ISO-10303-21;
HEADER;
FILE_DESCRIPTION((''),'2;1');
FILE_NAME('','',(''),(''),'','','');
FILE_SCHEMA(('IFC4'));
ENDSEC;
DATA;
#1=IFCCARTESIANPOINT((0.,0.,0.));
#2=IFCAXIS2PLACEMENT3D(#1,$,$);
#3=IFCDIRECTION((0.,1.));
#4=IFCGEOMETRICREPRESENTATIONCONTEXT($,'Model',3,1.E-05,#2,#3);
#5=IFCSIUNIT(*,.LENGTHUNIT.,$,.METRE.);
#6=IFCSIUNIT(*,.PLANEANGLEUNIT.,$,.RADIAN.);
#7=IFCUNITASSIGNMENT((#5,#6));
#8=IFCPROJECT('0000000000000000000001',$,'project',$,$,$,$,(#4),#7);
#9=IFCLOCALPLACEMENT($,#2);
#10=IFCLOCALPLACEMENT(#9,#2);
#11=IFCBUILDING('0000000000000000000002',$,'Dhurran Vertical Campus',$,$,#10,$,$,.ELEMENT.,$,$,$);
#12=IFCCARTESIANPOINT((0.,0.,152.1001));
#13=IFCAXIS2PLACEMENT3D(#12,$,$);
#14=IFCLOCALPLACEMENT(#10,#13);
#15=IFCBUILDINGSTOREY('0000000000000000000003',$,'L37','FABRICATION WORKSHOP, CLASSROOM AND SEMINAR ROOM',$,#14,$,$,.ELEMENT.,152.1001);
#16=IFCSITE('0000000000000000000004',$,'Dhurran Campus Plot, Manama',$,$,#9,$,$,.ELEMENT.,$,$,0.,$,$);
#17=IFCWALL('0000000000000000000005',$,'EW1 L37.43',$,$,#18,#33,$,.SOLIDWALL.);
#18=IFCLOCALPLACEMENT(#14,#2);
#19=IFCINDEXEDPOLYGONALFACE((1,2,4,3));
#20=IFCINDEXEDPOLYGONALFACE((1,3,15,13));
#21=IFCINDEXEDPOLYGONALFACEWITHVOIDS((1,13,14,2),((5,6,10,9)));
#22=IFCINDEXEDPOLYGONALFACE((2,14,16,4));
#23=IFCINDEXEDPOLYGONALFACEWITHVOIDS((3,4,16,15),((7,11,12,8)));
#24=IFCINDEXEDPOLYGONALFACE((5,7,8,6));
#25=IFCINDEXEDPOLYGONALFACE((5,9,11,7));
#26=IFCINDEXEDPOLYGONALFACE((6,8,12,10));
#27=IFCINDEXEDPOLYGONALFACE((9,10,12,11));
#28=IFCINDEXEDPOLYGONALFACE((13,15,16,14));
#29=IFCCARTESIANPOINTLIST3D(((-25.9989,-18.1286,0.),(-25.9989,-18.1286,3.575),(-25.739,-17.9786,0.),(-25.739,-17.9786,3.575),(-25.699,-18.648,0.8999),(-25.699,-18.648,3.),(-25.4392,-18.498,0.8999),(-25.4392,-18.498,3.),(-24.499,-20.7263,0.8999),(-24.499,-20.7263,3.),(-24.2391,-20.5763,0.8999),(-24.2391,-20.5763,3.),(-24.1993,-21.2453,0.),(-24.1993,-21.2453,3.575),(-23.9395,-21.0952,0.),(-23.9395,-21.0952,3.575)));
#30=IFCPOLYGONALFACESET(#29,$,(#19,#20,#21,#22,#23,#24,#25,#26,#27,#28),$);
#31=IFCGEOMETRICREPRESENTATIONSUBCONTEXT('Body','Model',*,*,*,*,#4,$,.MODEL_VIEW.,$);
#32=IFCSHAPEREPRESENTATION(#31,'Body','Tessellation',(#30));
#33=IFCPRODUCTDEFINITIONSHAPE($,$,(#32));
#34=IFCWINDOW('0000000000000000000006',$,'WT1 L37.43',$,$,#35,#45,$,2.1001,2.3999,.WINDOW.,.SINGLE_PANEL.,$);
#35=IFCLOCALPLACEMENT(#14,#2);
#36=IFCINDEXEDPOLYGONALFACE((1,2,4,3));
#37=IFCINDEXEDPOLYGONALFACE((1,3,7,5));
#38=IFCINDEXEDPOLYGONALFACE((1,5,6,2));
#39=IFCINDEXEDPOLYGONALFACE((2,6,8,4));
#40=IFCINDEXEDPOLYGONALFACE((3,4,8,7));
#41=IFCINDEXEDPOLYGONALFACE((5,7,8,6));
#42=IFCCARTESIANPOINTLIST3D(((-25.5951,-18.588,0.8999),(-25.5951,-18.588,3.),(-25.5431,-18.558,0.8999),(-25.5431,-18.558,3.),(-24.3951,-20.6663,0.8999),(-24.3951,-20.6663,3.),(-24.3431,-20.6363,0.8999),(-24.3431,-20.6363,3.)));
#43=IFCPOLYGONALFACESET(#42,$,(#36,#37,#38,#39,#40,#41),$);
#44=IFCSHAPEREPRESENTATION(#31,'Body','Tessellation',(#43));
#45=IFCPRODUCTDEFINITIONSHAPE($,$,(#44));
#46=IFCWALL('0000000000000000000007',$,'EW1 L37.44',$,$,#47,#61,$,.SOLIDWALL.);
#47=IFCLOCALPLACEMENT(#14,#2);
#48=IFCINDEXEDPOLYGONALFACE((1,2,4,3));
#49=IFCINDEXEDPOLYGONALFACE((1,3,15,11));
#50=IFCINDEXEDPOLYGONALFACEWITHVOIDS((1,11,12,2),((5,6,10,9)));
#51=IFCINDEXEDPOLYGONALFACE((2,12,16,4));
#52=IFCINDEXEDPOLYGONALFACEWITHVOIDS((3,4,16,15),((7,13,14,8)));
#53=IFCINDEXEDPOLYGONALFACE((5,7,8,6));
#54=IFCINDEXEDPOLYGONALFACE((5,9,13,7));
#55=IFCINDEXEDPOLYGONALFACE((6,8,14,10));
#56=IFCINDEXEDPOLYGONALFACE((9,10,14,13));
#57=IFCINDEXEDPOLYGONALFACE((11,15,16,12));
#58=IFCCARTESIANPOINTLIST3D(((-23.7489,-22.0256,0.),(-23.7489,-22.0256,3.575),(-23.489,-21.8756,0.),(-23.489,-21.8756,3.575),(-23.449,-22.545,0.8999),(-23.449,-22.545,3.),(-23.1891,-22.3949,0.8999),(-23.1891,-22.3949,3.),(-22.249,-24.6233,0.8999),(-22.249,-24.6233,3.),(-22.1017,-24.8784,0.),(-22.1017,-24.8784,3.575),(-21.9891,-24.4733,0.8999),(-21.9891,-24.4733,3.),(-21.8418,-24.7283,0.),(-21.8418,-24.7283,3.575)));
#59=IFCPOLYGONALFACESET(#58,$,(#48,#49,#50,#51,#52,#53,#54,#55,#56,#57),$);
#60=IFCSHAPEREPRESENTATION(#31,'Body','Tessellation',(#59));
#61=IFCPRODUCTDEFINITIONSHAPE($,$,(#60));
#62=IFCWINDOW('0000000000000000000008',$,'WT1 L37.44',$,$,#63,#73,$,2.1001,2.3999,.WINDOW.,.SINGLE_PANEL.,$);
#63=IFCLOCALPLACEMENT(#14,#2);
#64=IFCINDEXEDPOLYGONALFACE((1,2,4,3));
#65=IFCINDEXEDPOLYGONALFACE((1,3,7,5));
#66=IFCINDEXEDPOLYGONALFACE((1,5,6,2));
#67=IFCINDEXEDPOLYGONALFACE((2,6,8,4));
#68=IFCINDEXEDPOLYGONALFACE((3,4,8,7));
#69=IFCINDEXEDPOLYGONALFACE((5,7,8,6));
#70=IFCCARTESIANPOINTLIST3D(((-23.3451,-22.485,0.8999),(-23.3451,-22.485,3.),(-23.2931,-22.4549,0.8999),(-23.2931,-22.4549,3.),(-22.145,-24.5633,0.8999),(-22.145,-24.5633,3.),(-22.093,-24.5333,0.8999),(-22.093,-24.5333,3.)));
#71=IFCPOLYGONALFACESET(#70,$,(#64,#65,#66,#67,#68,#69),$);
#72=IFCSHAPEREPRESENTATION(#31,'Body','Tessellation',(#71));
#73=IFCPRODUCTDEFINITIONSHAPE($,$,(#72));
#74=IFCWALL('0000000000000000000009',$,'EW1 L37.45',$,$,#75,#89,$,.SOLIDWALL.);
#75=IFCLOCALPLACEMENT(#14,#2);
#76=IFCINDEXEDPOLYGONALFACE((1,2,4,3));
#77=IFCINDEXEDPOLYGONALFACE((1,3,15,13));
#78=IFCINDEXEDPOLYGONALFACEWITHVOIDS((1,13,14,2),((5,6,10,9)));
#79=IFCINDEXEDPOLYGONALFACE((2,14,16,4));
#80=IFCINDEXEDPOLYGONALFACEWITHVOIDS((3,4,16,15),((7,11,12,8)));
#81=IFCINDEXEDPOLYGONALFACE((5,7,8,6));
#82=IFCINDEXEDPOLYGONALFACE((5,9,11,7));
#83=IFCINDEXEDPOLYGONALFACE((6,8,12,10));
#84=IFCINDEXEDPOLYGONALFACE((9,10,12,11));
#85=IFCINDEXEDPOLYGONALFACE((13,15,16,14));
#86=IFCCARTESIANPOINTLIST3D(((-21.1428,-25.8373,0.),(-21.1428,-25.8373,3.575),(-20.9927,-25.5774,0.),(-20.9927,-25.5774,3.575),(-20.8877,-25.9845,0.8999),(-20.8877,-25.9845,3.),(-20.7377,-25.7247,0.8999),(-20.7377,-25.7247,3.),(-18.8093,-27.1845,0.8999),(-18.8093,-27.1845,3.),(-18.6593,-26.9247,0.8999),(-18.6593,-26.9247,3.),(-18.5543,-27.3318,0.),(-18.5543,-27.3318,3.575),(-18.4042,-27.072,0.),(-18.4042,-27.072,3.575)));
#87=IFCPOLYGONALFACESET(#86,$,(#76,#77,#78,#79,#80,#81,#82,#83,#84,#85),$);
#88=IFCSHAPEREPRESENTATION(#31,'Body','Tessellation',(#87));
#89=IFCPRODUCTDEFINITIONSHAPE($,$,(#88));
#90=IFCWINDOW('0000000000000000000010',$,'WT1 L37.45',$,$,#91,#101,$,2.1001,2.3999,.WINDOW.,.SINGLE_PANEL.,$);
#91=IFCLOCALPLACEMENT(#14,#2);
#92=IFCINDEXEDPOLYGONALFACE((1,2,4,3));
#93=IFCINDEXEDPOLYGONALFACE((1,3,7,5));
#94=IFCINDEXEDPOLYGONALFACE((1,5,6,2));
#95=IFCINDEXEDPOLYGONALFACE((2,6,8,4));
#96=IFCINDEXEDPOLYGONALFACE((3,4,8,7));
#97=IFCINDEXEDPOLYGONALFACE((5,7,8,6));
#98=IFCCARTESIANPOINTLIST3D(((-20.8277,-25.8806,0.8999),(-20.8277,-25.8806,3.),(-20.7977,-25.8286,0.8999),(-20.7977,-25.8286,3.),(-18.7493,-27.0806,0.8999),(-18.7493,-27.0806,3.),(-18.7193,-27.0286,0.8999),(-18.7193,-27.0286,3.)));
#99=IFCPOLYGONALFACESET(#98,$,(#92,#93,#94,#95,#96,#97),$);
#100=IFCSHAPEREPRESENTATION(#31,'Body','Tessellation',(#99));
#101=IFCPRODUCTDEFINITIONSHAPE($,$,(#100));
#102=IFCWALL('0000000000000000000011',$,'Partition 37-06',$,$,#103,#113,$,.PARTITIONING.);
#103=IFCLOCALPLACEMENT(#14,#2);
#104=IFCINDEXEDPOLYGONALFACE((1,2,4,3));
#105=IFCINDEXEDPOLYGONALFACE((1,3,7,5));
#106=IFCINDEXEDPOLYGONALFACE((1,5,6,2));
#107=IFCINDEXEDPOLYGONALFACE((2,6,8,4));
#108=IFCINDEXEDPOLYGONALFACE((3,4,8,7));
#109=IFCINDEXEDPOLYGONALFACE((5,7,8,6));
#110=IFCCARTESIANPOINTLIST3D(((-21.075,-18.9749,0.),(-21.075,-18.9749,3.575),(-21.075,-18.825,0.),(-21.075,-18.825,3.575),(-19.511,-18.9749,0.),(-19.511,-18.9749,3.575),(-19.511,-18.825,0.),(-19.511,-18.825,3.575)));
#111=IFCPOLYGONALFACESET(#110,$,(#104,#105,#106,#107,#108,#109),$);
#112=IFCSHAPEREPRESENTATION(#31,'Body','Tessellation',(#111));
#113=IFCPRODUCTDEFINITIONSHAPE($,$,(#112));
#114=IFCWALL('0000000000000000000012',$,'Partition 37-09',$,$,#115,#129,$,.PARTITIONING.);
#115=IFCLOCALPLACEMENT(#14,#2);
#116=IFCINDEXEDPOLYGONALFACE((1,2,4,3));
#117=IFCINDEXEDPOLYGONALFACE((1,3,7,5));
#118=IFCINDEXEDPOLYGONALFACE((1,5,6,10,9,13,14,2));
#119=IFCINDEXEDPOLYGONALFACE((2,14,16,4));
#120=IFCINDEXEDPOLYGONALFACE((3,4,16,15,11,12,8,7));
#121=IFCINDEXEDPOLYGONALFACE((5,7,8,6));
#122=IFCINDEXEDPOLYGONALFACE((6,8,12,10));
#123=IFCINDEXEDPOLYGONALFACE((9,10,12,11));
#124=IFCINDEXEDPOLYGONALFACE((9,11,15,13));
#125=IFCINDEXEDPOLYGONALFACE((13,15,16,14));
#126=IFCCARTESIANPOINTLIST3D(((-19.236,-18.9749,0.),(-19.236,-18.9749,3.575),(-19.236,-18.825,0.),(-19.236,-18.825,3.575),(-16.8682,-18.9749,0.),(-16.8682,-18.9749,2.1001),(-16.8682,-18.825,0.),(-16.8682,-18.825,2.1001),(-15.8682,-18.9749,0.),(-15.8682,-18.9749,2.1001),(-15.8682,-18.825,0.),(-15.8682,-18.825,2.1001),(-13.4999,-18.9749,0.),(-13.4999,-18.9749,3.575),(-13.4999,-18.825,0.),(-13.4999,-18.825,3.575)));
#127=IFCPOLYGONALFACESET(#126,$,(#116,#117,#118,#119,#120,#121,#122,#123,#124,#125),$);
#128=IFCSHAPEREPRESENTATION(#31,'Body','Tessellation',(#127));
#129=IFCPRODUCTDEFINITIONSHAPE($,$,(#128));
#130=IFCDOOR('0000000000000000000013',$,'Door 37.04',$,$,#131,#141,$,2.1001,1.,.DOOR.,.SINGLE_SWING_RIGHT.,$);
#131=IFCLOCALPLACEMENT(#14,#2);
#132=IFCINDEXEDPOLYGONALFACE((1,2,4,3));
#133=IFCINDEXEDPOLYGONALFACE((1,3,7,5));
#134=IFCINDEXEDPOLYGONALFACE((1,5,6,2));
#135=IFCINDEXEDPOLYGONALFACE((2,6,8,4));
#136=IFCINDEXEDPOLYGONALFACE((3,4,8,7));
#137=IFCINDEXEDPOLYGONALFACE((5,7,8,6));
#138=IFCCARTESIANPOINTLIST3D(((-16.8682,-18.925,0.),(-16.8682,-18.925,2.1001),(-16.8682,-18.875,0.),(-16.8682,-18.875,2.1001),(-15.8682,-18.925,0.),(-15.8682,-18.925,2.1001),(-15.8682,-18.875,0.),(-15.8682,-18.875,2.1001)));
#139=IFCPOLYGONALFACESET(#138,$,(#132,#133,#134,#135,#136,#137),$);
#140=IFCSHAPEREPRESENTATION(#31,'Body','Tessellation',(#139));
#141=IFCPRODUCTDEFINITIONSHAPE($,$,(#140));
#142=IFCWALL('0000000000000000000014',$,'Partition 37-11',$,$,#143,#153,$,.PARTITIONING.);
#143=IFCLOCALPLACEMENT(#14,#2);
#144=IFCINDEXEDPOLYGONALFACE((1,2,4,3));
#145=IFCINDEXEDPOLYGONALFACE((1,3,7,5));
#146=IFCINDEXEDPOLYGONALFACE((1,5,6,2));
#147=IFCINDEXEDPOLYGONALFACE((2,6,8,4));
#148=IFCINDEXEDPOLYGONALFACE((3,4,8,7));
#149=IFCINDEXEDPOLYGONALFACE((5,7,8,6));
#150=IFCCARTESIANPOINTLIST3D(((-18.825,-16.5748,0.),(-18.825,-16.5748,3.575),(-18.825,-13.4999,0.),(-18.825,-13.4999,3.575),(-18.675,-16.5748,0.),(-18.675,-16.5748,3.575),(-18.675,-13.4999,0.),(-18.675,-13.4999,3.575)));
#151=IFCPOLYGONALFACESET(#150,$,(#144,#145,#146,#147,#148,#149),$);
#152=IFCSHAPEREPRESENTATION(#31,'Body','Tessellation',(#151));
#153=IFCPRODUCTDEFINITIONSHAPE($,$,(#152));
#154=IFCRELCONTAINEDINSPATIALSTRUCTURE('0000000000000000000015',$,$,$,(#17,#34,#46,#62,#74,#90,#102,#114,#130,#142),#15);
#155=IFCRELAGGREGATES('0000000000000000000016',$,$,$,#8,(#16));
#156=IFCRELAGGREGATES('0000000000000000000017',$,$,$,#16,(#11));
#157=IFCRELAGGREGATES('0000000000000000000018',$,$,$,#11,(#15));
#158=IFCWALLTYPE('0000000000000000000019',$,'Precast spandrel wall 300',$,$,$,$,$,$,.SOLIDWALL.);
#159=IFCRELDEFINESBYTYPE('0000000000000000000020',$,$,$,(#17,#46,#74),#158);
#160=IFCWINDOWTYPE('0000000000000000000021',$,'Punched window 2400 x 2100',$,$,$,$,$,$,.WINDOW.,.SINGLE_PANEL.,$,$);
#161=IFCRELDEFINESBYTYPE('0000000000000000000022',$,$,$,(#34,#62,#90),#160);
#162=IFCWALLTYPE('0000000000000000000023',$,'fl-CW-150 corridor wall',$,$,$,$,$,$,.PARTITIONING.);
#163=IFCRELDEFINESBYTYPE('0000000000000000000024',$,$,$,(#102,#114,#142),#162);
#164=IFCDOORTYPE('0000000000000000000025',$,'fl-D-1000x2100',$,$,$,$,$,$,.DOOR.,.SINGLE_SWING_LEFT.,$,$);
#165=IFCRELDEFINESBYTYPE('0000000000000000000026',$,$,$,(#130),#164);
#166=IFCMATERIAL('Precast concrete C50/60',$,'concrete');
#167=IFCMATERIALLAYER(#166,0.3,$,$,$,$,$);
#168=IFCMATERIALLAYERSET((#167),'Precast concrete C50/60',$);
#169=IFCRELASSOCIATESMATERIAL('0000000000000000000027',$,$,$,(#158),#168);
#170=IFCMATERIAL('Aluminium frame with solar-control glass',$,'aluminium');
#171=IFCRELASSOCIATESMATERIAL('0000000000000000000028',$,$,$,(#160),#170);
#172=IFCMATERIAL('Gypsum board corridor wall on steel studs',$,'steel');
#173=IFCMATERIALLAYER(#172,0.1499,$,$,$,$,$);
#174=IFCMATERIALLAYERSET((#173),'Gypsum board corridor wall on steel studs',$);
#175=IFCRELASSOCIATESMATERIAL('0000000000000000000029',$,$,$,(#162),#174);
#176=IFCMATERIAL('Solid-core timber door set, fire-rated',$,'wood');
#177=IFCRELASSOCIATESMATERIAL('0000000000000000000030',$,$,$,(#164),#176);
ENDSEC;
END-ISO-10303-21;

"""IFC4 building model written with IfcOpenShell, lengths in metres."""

from ifc_helpers import new_model, si_unit, direction, frame, frame_2d, origin, place, context, subcontext, project, spatial, rectangle, extrude, material, layer, layer_set, type_object, element, fill, save


model = new_model("IFC4")

# Units and contexts
model_context = context("Model", 3, precision=1e-05, world=origin(), true_north=direction((0.0, 1.0)))
body_context = subcontext(model_context, "Body", "Model", "MODEL_VIEW")
ifc_project = project(units=[si_unit("LENGTHUNIT", "METRE"), si_unit("PLANEANGLEUNIT", "RADIAN")], contexts=[model_context])

# Site, building, storey
site_placement = place(None, origin())
site = spatial("IfcSite", under=ifc_project, at=site_placement, Name="Dhurran Campus Plot, Manama", CompositionType="ELEMENT", RefElevation=0.0)
building_placement = place(site_placement, origin())
building = spatial("IfcBuilding", under=site, at=building_placement, Name="Dhurran Vertical Campus", CompositionType="ELEMENT")
storey_placement = place(building_placement, frame((0.0, 0.0, 152.1001)))
storey = spatial("IfcBuildingStorey", under=building, at=storey_placement, Name="L37", Description="FABRICATION WORKSHOP, CLASSROOM AND SEMINAR ROOM", CompositionType="ELEMENT", Elevation=152.1001)

# Walls, openings, windows
ifc_material_1 = material(Name="Precast concrete C50/60", Category="concrete")
ifc_layer_1 = layer(ifc_material_1, 0.3)
ifc_layer_set_1 = layer_set([ifc_layer_1], Name="Precast concrete C50/60")
wall_type_1 = type_object("IfcWallType", Name="Precast spandrel wall 300", PredefinedType="SOLIDWALL", material=ifc_layer_set_1)
ifc_material_2 = material(Name="Aluminium frame with solar-control glass", Category="aluminium")
window_type = type_object("IfcWindowType", Name="Punched window 2400 x 2100", PartitioningType="SINGLE_PANEL", PredefinedType="WINDOW", material=ifc_material_2)
wall_1_placement = place(storey_placement, frame((-25.8689, -18.0537, 0.0), z_axis=(0.0, 0.0, 1.0), x_axis=(0.500028, -0.866009, 0.0)))
wall_1 = element("IfcWall", 1, at=wall_1_placement, inside=storey, type_object=wall_type_1, Name="EW1 L37.43", PredefinedType="SOLIDWALL", context=body_context, shape_type="SweptSolid", body=[
    extrude(rectangle(XDim=3.5989, YDim=0.3, at=frame_2d((1.7993, 0.0))), origin(), (0.0, 0.0, 1.0), 3.575),
])
opening_1_placement = place(wall_1_placement, frame((0.5996, 0.0, 0.8999)))
opening_1 = element("IfcOpeningElement", 2, at=opening_1_placement, cuts=wall_1, PredefinedType="OPENING", context=body_context, shape_type="SweptSolid", body=[
    extrude(rectangle(XDim=2.3999, YDim=2.1001, at=frame_2d((1.2, 1.05))), frame((0.0, 0.1599, 0.0), z_axis=(0.0, -1.0, 0.0), x_axis=(1.0, 0.0, 0.0)), (0.0, 0.0, 1.0), 0.3201),
])
window_1_placement = place(opening_1_placement, origin())
window_1 = element("IfcWindow", 3, at=window_1_placement, inside=storey, type_object=window_type, Name="WT1 L37.43", OverallHeight=2.1001, OverallWidth=2.3999, PartitioningType="SINGLE_PANEL", PredefinedType="WINDOW", context=body_context, shape_type="SweptSolid", body=[
    extrude(rectangle(XDim=2.3999, YDim=2.1001, at=frame_2d((1.2, 1.05))), frame((0.0, 0.03, 0.0), z_axis=(0.0, -1.0, 0.0), x_axis=(1.0, 0.0, 0.0)), (0.0, 0.0, 1.0), 0.0601),
])
fill(opening_1, window_1)
wall_2_placement = place(storey_placement, frame((-23.6189, -21.9507, 0.0), z_axis=(0.0, 0.0, 1.0), x_axis=(0.500037, -0.866004, 0.0)))
wall_2 = element("IfcWall", 4, at=wall_2_placement, inside=storey, type_object=wall_type_1, Name="EW1 L37.44", PredefinedType="SOLIDWALL", context=body_context, shape_type="SweptSolid", body=[
    extrude(rectangle(XDim=3.2942, YDim=0.3, at=frame_2d((1.647, 0.0))), origin(), (0.0, 0.0, 1.0), 3.575),
])
opening_2_placement = place(wall_2_placement, frame((0.5996, 0.0, 0.8999)))
opening_2 = element("IfcOpeningElement", 5, at=opening_2_placement, cuts=wall_2, PredefinedType="OPENING", context=body_context, shape_type="SweptSolid", body=[
    extrude(rectangle(XDim=2.3999, YDim=2.1001, at=frame_2d((1.2, 1.05))), frame((0.0, 0.1599, 0.0), z_axis=(0.0, -1.0, 0.0), x_axis=(1.0, 0.0, 0.0)), (0.0, 0.0, 1.0), 0.3201),
])
window_2_placement = place(opening_2_placement, origin())
window_2 = element("IfcWindow", 6, at=window_2_placement, inside=storey, type_object=window_type, Name="WT1 L37.44", OverallHeight=2.1001, OverallWidth=2.3999, PartitioningType="SINGLE_PANEL", PredefinedType="WINDOW", context=body_context, shape_type="SweptSolid", body=[
    extrude(rectangle(XDim=2.3999, YDim=2.1001, at=frame_2d((1.2, 1.05))), frame((0.0, 0.03, 0.0), z_axis=(0.0, -1.0, 0.0), x_axis=(1.0, 0.0, 0.0)), (0.0, 0.0, 1.0), 0.0601),
])
fill(opening_2, window_2)
wall_3_placement = place(storey_placement, frame((-21.0679, -25.7073, 0.0), z_axis=(0.0, 0.0, 1.0), x_axis=(0.866013, -0.500022, 0.0)))
wall_3 = element("IfcWall", 7, at=wall_3_placement, inside=storey, type_object=wall_type_1, Name="EW1 L37.45", PredefinedType="SOLIDWALL", context=body_context, shape_type="SweptSolid", body=[
    extrude(rectangle(XDim=2.989, YDim=0.3, at=frame_2d((1.4946, 0.0))), origin(), (0.0, 0.0, 1.0), 3.575),
])
opening_3_placement = place(wall_3_placement, frame((0.2947, 0.0, 0.8999)))
opening_3 = element("IfcOpeningElement", 8, at=opening_3_placement, cuts=wall_3, PredefinedType="OPENING", context=body_context, shape_type="SweptSolid", body=[
    extrude(rectangle(XDim=2.3999, YDim=2.1001, at=frame_2d((1.2, 1.05))), frame((0.0, 0.1599, 0.0), z_axis=(0.0, -1.0, 0.0), x_axis=(1.0, 0.0, 0.0)), (0.0, 0.0, 1.0), 0.3201),
])
window_3_placement = place(opening_3_placement, origin())
window_3 = element("IfcWindow", 9, at=window_3_placement, inside=storey, type_object=window_type, Name="WT1 L37.45", OverallHeight=2.1001, OverallWidth=2.3999, PartitioningType="SINGLE_PANEL", PredefinedType="WINDOW", context=body_context, shape_type="SweptSolid", body=[
    extrude(rectangle(XDim=2.3999, YDim=2.1001, at=frame_2d((1.2, 1.05))), frame((0.0, 0.03, 0.0), z_axis=(0.0, -1.0, 0.0), x_axis=(1.0, 0.0, 0.0)), (0.0, 0.0, 1.0), 0.0601),
])
fill(opening_3, window_3)

# Wall
ifc_material_3 = material(Name="Gypsum board corridor wall on steel studs", Category="steel")
ifc_layer_2 = layer(ifc_material_3, 0.1499)
ifc_layer_set_2 = layer_set([ifc_layer_2], Name="Gypsum board corridor wall on steel studs")
wall_type_2 = type_object("IfcWallType", Name="fl-CW-150 corridor wall", PredefinedType="PARTITIONING", material=ifc_layer_set_2)
wall_4_placement = place(storey_placement, frame((-21.075, -18.8999, 0.0), z_axis=(0.0, 0.0, 1.0), x_axis=(1.0, 0.0, 0.0)))
element("IfcWall", 10, at=wall_4_placement, inside=storey, type_object=wall_type_2, Name="Partition 37-06", PredefinedType="PARTITIONING", context=body_context, shape_type="SweptSolid", body=[
    extrude(rectangle(XDim=1.564, YDim=0.1499, at=frame_2d((0.782, 0.0))), origin(), (0.0, 0.0, 1.0), 3.575),
])

# Wall, opening, door
wall_5_placement = place(storey_placement, frame((-19.2361, -18.8999, 0.0), z_axis=(0.0, 0.0, 1.0), x_axis=(1.0, 0.0, 0.0)))
wall_5 = element("IfcWall", 11, at=wall_5_placement, inside=storey, type_object=wall_type_2, Name="Partition 37-09", PredefinedType="PARTITIONING", context=body_context, shape_type="SweptSolid", body=[
    extrude(rectangle(XDim=5.7361, YDim=0.1499, at=frame_2d((2.8682, 0.0))), origin(), (0.0, 0.0, 1.0), 3.575),
])
opening_4_placement = place(wall_5_placement, frame((2.3679, 0.0, 0.0)))
opening_4 = element("IfcOpeningElement", 12, at=opening_4_placement, cuts=wall_5, PredefinedType="OPENING", context=body_context, shape_type="SweptSolid", body=[
    extrude(rectangle(XDim=1.0, YDim=2.1001, at=frame_2d((0.5, 1.05))), frame((0.0, 0.085, 0.0), z_axis=(0.0, -1.0, 0.0), x_axis=(1.0, 0.0, 0.0)), (0.0, 0.0, 1.0), 0.1699),
])
ifc_material_4 = material(Name="Solid-core timber door set, fire-rated", Category="wood")
door_type = type_object("IfcDoorType", Name="fl-D-1000x2100", OperationType="SINGLE_SWING_LEFT", PredefinedType="DOOR", material=ifc_material_4)
door_1_placement = place(opening_4_placement, origin())
door_1 = element("IfcDoor", 13, at=door_1_placement, inside=storey, type_object=door_type, Name="Door 37.04", OperationType="SINGLE_SWING_RIGHT", OverallHeight=2.1001, OverallWidth=1.0, PredefinedType="DOOR", context=body_context, shape_type="SweptSolid", body=[
    extrude(rectangle(XDim=1.0, YDim=2.1001, at=frame_2d((0.5, 1.05))), frame((0.0, 0.0249, 0.0), z_axis=(0.0, -1.0, 0.0), x_axis=(1.0, 0.0, 0.0)), (0.0, 0.0, 1.0), 0.05),
])
fill(opening_4, door_1)

# Wall
wall_6_placement = place(storey_placement, frame((-18.75, -16.575, 0.0), z_axis=(0.0, 0.0, 1.0), x_axis=(0.0, 1.0, 0.0)))
element("IfcWall", 14, at=wall_6_placement, inside=storey, type_object=wall_type_2, Name="Partition 37-11", PredefinedType="PARTITIONING", context=body_context, shape_type="SweptSolid", body=[
    extrude(rectangle(XDim=3.075, YDim=0.1499, at=frame_2d((1.5376, 0.0))), origin(), (0.0, 0.0, 1.0), 3.575),
])

save(model, "model.ifc")
